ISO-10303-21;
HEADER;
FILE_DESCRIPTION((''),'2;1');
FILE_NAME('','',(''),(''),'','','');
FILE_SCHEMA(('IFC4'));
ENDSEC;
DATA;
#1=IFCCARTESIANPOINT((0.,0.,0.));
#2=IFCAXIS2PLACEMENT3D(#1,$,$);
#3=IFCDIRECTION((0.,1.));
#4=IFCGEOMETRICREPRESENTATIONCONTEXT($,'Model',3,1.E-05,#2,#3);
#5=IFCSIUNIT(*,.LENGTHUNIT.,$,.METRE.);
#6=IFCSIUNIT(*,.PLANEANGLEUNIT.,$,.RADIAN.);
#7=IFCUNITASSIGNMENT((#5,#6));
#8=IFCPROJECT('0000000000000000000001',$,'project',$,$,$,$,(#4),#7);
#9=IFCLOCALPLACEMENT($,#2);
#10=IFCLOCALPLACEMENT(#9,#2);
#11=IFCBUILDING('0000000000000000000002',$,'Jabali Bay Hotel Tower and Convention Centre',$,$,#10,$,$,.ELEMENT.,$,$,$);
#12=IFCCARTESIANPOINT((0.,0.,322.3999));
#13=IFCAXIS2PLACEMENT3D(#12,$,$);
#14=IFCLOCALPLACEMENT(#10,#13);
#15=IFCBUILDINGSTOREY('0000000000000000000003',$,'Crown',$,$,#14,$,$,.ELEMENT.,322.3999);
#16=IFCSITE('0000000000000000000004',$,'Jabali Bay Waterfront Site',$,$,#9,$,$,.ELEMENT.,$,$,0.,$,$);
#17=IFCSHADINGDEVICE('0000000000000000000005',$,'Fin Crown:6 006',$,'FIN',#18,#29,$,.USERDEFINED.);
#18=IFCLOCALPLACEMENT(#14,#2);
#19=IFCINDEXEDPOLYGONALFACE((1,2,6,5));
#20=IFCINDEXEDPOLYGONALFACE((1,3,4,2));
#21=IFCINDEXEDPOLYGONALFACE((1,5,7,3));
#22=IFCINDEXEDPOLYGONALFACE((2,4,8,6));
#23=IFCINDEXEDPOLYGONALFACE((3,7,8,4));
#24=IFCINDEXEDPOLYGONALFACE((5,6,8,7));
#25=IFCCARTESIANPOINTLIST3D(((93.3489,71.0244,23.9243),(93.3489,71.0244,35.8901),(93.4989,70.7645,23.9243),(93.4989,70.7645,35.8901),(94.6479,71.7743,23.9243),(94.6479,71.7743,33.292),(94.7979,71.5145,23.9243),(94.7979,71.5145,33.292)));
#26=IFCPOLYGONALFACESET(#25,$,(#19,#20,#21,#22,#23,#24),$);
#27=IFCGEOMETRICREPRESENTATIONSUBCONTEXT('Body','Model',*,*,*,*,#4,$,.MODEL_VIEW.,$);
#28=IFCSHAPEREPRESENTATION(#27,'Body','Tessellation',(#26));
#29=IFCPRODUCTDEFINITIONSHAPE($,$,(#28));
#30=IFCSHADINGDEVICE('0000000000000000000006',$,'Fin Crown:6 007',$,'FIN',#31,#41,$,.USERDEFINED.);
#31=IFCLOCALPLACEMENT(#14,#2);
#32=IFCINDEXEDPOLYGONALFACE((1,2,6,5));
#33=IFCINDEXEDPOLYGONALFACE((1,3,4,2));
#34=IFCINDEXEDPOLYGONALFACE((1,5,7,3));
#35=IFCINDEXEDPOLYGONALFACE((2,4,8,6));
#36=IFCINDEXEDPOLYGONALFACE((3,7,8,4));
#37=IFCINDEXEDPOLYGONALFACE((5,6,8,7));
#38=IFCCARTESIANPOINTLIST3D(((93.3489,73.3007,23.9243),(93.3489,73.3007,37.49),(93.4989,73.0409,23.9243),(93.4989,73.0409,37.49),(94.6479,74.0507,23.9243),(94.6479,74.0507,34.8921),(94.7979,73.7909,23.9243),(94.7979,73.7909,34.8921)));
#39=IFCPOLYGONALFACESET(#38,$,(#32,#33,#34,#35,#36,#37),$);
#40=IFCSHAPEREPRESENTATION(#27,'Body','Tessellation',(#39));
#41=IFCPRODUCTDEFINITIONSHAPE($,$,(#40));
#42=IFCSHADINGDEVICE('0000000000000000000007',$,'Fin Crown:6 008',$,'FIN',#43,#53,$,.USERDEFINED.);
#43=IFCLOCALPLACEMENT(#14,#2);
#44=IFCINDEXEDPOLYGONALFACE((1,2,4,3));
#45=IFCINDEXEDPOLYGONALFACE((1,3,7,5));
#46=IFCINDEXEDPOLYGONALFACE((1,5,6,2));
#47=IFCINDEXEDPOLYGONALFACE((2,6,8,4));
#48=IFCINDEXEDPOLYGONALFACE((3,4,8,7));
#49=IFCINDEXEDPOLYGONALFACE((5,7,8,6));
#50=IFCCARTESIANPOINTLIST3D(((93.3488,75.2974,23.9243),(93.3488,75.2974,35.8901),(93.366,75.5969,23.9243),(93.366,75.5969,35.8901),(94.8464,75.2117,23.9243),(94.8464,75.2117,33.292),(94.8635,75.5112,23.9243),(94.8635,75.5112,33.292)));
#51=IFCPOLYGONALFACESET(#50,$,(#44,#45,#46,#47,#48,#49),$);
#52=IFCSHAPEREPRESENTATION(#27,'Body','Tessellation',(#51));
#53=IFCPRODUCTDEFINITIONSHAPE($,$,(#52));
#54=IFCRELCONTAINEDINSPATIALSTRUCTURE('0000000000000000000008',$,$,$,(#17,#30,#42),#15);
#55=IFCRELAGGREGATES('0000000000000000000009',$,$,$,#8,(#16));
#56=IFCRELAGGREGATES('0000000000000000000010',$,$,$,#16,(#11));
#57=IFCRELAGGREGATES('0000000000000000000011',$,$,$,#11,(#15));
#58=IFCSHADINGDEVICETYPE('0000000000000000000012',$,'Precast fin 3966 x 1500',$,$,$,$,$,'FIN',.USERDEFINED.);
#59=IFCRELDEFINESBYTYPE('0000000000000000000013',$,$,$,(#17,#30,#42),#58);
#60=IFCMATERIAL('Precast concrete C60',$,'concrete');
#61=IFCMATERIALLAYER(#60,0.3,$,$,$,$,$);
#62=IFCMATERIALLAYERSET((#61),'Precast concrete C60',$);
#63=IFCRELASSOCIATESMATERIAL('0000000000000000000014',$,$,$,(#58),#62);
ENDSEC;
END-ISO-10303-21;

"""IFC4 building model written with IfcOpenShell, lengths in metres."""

from ifc_helpers import new_model, si_unit, direction, frame, origin, place, context, subcontext, project, spatial, polyline, outline, extrude, material, layer, layer_set, type_object, element, save


model = new_model("IFC4")

# Units and contexts
model_context = context("Model", 3, precision=1e-05, world=origin(), true_north=direction((0.0, 1.0)))
body_context = subcontext(model_context, "Body", "Model", "MODEL_VIEW")
ifc_project = project(units=[si_unit("LENGTHUNIT", "METRE"), si_unit("PLANEANGLEUNIT", "RADIAN")], contexts=[model_context])

# Site, building, storey
site_placement = place(None, origin())
site = spatial("IfcSite", under=ifc_project, at=site_placement, Name="Jabali Bay Waterfront Site", CompositionType="ELEMENT", RefElevation=0.0)
building_placement = place(site_placement, origin())
building = spatial("IfcBuilding", under=site, at=building_placement, Name="Jabali Bay Hotel Tower and Convention Centre", CompositionType="ELEMENT")
storey_placement = place(building_placement, frame((0.0, 0.0, 322.3999)))
storey = spatial("IfcBuildingStorey", under=building, at=storey_placement, Name="Crown", CompositionType="ELEMENT", Elevation=322.3999)

# Shading devices
ifc_material_1 = material(Name="Precast concrete C60", Category="concrete")
ifc_layer_1 = layer(ifc_material_1, 0.3)
ifc_layer_set_1 = layer_set([ifc_layer_1], Name="Precast concrete C60")
shading_device_type = type_object("IfcShadingDeviceType", Name="Precast fin 3966 x 1500", ElementType="FIN", PredefinedType="USERDEFINED", material=ifc_layer_set_1)
shading_device_1_placement = place(storey_placement, frame((93.4238, 70.8945, 23.9243), z_axis=(0.0, 0.0, 1.0), x_axis=(0.866031, 0.49999, 0.0)))
element("IfcShadingDevice", 1, at=shading_device_1_placement, inside=storey, type_object=shading_device_type, Name="Fin Crown:6 006", ObjectType="FIN", PredefinedType="USERDEFINED", context=body_context, shape_type="SweptSolid", body=[
    extrude(outline(polyline([(0.0, 0.0), (1.5, 0.0), (1.5, 9.3677), (0.0, 11.9658), (0.0, 0.0)])), frame((0.0, 0.1499, 0.0), z_axis=(0.0, -1.0, 0.0), x_axis=(1.0, 0.0, 0.0)), (0.0, 0.0, 1.0), 0.3),
])
shading_device_2_placement = place(storey_placement, frame((93.4238, 73.1709, 23.9243), z_axis=(0.0, 0.0, 1.0), x_axis=(0.866031, 0.49999, 0.0)))
element("IfcShadingDevice", 2, at=shading_device_2_placement, inside=storey, type_object=shading_device_type, Name="Fin Crown:6 007", ObjectType="FIN", PredefinedType="USERDEFINED", context=body_context, shape_type="SweptSolid", body=[
    extrude(outline(polyline([(0.0, 0.0), (1.5, 0.0), (1.5, 10.9678), (0.0, 13.5657), (0.0, 0.0)])), frame((0.0, 0.1499, 0.0), z_axis=(0.0, -1.0, 0.0), x_axis=(1.0, 0.0, 0.0)), (0.0, 0.0, 1.0), 0.3),
])
shading_device_3_placement = place(storey_placement, frame((93.3574, 75.4473, 23.9243), z_axis=(0.0, 0.0, 1.0), x_axis=(0.998367, -0.057129, 0.0)))
element("IfcShadingDevice", 3, at=shading_device_3_placement, inside=storey, type_object=shading_device_type, Name="Fin Crown:6 008", ObjectType="FIN", PredefinedType="USERDEFINED", context=body_context, shape_type="SweptSolid", body=[
    extrude(outline(polyline([(0.0, 0.0), (1.5, 0.0), (1.5, 9.3677), (0.0, 11.9658), (0.0, 0.0)])), frame((0.0, 0.1499, 0.0), z_axis=(0.0, -1.0, 0.0), x_axis=(1.0, 0.0, 0.0)), (0.0, 0.0, 1.0), 0.3),
])

save(model, "model.ifc")
